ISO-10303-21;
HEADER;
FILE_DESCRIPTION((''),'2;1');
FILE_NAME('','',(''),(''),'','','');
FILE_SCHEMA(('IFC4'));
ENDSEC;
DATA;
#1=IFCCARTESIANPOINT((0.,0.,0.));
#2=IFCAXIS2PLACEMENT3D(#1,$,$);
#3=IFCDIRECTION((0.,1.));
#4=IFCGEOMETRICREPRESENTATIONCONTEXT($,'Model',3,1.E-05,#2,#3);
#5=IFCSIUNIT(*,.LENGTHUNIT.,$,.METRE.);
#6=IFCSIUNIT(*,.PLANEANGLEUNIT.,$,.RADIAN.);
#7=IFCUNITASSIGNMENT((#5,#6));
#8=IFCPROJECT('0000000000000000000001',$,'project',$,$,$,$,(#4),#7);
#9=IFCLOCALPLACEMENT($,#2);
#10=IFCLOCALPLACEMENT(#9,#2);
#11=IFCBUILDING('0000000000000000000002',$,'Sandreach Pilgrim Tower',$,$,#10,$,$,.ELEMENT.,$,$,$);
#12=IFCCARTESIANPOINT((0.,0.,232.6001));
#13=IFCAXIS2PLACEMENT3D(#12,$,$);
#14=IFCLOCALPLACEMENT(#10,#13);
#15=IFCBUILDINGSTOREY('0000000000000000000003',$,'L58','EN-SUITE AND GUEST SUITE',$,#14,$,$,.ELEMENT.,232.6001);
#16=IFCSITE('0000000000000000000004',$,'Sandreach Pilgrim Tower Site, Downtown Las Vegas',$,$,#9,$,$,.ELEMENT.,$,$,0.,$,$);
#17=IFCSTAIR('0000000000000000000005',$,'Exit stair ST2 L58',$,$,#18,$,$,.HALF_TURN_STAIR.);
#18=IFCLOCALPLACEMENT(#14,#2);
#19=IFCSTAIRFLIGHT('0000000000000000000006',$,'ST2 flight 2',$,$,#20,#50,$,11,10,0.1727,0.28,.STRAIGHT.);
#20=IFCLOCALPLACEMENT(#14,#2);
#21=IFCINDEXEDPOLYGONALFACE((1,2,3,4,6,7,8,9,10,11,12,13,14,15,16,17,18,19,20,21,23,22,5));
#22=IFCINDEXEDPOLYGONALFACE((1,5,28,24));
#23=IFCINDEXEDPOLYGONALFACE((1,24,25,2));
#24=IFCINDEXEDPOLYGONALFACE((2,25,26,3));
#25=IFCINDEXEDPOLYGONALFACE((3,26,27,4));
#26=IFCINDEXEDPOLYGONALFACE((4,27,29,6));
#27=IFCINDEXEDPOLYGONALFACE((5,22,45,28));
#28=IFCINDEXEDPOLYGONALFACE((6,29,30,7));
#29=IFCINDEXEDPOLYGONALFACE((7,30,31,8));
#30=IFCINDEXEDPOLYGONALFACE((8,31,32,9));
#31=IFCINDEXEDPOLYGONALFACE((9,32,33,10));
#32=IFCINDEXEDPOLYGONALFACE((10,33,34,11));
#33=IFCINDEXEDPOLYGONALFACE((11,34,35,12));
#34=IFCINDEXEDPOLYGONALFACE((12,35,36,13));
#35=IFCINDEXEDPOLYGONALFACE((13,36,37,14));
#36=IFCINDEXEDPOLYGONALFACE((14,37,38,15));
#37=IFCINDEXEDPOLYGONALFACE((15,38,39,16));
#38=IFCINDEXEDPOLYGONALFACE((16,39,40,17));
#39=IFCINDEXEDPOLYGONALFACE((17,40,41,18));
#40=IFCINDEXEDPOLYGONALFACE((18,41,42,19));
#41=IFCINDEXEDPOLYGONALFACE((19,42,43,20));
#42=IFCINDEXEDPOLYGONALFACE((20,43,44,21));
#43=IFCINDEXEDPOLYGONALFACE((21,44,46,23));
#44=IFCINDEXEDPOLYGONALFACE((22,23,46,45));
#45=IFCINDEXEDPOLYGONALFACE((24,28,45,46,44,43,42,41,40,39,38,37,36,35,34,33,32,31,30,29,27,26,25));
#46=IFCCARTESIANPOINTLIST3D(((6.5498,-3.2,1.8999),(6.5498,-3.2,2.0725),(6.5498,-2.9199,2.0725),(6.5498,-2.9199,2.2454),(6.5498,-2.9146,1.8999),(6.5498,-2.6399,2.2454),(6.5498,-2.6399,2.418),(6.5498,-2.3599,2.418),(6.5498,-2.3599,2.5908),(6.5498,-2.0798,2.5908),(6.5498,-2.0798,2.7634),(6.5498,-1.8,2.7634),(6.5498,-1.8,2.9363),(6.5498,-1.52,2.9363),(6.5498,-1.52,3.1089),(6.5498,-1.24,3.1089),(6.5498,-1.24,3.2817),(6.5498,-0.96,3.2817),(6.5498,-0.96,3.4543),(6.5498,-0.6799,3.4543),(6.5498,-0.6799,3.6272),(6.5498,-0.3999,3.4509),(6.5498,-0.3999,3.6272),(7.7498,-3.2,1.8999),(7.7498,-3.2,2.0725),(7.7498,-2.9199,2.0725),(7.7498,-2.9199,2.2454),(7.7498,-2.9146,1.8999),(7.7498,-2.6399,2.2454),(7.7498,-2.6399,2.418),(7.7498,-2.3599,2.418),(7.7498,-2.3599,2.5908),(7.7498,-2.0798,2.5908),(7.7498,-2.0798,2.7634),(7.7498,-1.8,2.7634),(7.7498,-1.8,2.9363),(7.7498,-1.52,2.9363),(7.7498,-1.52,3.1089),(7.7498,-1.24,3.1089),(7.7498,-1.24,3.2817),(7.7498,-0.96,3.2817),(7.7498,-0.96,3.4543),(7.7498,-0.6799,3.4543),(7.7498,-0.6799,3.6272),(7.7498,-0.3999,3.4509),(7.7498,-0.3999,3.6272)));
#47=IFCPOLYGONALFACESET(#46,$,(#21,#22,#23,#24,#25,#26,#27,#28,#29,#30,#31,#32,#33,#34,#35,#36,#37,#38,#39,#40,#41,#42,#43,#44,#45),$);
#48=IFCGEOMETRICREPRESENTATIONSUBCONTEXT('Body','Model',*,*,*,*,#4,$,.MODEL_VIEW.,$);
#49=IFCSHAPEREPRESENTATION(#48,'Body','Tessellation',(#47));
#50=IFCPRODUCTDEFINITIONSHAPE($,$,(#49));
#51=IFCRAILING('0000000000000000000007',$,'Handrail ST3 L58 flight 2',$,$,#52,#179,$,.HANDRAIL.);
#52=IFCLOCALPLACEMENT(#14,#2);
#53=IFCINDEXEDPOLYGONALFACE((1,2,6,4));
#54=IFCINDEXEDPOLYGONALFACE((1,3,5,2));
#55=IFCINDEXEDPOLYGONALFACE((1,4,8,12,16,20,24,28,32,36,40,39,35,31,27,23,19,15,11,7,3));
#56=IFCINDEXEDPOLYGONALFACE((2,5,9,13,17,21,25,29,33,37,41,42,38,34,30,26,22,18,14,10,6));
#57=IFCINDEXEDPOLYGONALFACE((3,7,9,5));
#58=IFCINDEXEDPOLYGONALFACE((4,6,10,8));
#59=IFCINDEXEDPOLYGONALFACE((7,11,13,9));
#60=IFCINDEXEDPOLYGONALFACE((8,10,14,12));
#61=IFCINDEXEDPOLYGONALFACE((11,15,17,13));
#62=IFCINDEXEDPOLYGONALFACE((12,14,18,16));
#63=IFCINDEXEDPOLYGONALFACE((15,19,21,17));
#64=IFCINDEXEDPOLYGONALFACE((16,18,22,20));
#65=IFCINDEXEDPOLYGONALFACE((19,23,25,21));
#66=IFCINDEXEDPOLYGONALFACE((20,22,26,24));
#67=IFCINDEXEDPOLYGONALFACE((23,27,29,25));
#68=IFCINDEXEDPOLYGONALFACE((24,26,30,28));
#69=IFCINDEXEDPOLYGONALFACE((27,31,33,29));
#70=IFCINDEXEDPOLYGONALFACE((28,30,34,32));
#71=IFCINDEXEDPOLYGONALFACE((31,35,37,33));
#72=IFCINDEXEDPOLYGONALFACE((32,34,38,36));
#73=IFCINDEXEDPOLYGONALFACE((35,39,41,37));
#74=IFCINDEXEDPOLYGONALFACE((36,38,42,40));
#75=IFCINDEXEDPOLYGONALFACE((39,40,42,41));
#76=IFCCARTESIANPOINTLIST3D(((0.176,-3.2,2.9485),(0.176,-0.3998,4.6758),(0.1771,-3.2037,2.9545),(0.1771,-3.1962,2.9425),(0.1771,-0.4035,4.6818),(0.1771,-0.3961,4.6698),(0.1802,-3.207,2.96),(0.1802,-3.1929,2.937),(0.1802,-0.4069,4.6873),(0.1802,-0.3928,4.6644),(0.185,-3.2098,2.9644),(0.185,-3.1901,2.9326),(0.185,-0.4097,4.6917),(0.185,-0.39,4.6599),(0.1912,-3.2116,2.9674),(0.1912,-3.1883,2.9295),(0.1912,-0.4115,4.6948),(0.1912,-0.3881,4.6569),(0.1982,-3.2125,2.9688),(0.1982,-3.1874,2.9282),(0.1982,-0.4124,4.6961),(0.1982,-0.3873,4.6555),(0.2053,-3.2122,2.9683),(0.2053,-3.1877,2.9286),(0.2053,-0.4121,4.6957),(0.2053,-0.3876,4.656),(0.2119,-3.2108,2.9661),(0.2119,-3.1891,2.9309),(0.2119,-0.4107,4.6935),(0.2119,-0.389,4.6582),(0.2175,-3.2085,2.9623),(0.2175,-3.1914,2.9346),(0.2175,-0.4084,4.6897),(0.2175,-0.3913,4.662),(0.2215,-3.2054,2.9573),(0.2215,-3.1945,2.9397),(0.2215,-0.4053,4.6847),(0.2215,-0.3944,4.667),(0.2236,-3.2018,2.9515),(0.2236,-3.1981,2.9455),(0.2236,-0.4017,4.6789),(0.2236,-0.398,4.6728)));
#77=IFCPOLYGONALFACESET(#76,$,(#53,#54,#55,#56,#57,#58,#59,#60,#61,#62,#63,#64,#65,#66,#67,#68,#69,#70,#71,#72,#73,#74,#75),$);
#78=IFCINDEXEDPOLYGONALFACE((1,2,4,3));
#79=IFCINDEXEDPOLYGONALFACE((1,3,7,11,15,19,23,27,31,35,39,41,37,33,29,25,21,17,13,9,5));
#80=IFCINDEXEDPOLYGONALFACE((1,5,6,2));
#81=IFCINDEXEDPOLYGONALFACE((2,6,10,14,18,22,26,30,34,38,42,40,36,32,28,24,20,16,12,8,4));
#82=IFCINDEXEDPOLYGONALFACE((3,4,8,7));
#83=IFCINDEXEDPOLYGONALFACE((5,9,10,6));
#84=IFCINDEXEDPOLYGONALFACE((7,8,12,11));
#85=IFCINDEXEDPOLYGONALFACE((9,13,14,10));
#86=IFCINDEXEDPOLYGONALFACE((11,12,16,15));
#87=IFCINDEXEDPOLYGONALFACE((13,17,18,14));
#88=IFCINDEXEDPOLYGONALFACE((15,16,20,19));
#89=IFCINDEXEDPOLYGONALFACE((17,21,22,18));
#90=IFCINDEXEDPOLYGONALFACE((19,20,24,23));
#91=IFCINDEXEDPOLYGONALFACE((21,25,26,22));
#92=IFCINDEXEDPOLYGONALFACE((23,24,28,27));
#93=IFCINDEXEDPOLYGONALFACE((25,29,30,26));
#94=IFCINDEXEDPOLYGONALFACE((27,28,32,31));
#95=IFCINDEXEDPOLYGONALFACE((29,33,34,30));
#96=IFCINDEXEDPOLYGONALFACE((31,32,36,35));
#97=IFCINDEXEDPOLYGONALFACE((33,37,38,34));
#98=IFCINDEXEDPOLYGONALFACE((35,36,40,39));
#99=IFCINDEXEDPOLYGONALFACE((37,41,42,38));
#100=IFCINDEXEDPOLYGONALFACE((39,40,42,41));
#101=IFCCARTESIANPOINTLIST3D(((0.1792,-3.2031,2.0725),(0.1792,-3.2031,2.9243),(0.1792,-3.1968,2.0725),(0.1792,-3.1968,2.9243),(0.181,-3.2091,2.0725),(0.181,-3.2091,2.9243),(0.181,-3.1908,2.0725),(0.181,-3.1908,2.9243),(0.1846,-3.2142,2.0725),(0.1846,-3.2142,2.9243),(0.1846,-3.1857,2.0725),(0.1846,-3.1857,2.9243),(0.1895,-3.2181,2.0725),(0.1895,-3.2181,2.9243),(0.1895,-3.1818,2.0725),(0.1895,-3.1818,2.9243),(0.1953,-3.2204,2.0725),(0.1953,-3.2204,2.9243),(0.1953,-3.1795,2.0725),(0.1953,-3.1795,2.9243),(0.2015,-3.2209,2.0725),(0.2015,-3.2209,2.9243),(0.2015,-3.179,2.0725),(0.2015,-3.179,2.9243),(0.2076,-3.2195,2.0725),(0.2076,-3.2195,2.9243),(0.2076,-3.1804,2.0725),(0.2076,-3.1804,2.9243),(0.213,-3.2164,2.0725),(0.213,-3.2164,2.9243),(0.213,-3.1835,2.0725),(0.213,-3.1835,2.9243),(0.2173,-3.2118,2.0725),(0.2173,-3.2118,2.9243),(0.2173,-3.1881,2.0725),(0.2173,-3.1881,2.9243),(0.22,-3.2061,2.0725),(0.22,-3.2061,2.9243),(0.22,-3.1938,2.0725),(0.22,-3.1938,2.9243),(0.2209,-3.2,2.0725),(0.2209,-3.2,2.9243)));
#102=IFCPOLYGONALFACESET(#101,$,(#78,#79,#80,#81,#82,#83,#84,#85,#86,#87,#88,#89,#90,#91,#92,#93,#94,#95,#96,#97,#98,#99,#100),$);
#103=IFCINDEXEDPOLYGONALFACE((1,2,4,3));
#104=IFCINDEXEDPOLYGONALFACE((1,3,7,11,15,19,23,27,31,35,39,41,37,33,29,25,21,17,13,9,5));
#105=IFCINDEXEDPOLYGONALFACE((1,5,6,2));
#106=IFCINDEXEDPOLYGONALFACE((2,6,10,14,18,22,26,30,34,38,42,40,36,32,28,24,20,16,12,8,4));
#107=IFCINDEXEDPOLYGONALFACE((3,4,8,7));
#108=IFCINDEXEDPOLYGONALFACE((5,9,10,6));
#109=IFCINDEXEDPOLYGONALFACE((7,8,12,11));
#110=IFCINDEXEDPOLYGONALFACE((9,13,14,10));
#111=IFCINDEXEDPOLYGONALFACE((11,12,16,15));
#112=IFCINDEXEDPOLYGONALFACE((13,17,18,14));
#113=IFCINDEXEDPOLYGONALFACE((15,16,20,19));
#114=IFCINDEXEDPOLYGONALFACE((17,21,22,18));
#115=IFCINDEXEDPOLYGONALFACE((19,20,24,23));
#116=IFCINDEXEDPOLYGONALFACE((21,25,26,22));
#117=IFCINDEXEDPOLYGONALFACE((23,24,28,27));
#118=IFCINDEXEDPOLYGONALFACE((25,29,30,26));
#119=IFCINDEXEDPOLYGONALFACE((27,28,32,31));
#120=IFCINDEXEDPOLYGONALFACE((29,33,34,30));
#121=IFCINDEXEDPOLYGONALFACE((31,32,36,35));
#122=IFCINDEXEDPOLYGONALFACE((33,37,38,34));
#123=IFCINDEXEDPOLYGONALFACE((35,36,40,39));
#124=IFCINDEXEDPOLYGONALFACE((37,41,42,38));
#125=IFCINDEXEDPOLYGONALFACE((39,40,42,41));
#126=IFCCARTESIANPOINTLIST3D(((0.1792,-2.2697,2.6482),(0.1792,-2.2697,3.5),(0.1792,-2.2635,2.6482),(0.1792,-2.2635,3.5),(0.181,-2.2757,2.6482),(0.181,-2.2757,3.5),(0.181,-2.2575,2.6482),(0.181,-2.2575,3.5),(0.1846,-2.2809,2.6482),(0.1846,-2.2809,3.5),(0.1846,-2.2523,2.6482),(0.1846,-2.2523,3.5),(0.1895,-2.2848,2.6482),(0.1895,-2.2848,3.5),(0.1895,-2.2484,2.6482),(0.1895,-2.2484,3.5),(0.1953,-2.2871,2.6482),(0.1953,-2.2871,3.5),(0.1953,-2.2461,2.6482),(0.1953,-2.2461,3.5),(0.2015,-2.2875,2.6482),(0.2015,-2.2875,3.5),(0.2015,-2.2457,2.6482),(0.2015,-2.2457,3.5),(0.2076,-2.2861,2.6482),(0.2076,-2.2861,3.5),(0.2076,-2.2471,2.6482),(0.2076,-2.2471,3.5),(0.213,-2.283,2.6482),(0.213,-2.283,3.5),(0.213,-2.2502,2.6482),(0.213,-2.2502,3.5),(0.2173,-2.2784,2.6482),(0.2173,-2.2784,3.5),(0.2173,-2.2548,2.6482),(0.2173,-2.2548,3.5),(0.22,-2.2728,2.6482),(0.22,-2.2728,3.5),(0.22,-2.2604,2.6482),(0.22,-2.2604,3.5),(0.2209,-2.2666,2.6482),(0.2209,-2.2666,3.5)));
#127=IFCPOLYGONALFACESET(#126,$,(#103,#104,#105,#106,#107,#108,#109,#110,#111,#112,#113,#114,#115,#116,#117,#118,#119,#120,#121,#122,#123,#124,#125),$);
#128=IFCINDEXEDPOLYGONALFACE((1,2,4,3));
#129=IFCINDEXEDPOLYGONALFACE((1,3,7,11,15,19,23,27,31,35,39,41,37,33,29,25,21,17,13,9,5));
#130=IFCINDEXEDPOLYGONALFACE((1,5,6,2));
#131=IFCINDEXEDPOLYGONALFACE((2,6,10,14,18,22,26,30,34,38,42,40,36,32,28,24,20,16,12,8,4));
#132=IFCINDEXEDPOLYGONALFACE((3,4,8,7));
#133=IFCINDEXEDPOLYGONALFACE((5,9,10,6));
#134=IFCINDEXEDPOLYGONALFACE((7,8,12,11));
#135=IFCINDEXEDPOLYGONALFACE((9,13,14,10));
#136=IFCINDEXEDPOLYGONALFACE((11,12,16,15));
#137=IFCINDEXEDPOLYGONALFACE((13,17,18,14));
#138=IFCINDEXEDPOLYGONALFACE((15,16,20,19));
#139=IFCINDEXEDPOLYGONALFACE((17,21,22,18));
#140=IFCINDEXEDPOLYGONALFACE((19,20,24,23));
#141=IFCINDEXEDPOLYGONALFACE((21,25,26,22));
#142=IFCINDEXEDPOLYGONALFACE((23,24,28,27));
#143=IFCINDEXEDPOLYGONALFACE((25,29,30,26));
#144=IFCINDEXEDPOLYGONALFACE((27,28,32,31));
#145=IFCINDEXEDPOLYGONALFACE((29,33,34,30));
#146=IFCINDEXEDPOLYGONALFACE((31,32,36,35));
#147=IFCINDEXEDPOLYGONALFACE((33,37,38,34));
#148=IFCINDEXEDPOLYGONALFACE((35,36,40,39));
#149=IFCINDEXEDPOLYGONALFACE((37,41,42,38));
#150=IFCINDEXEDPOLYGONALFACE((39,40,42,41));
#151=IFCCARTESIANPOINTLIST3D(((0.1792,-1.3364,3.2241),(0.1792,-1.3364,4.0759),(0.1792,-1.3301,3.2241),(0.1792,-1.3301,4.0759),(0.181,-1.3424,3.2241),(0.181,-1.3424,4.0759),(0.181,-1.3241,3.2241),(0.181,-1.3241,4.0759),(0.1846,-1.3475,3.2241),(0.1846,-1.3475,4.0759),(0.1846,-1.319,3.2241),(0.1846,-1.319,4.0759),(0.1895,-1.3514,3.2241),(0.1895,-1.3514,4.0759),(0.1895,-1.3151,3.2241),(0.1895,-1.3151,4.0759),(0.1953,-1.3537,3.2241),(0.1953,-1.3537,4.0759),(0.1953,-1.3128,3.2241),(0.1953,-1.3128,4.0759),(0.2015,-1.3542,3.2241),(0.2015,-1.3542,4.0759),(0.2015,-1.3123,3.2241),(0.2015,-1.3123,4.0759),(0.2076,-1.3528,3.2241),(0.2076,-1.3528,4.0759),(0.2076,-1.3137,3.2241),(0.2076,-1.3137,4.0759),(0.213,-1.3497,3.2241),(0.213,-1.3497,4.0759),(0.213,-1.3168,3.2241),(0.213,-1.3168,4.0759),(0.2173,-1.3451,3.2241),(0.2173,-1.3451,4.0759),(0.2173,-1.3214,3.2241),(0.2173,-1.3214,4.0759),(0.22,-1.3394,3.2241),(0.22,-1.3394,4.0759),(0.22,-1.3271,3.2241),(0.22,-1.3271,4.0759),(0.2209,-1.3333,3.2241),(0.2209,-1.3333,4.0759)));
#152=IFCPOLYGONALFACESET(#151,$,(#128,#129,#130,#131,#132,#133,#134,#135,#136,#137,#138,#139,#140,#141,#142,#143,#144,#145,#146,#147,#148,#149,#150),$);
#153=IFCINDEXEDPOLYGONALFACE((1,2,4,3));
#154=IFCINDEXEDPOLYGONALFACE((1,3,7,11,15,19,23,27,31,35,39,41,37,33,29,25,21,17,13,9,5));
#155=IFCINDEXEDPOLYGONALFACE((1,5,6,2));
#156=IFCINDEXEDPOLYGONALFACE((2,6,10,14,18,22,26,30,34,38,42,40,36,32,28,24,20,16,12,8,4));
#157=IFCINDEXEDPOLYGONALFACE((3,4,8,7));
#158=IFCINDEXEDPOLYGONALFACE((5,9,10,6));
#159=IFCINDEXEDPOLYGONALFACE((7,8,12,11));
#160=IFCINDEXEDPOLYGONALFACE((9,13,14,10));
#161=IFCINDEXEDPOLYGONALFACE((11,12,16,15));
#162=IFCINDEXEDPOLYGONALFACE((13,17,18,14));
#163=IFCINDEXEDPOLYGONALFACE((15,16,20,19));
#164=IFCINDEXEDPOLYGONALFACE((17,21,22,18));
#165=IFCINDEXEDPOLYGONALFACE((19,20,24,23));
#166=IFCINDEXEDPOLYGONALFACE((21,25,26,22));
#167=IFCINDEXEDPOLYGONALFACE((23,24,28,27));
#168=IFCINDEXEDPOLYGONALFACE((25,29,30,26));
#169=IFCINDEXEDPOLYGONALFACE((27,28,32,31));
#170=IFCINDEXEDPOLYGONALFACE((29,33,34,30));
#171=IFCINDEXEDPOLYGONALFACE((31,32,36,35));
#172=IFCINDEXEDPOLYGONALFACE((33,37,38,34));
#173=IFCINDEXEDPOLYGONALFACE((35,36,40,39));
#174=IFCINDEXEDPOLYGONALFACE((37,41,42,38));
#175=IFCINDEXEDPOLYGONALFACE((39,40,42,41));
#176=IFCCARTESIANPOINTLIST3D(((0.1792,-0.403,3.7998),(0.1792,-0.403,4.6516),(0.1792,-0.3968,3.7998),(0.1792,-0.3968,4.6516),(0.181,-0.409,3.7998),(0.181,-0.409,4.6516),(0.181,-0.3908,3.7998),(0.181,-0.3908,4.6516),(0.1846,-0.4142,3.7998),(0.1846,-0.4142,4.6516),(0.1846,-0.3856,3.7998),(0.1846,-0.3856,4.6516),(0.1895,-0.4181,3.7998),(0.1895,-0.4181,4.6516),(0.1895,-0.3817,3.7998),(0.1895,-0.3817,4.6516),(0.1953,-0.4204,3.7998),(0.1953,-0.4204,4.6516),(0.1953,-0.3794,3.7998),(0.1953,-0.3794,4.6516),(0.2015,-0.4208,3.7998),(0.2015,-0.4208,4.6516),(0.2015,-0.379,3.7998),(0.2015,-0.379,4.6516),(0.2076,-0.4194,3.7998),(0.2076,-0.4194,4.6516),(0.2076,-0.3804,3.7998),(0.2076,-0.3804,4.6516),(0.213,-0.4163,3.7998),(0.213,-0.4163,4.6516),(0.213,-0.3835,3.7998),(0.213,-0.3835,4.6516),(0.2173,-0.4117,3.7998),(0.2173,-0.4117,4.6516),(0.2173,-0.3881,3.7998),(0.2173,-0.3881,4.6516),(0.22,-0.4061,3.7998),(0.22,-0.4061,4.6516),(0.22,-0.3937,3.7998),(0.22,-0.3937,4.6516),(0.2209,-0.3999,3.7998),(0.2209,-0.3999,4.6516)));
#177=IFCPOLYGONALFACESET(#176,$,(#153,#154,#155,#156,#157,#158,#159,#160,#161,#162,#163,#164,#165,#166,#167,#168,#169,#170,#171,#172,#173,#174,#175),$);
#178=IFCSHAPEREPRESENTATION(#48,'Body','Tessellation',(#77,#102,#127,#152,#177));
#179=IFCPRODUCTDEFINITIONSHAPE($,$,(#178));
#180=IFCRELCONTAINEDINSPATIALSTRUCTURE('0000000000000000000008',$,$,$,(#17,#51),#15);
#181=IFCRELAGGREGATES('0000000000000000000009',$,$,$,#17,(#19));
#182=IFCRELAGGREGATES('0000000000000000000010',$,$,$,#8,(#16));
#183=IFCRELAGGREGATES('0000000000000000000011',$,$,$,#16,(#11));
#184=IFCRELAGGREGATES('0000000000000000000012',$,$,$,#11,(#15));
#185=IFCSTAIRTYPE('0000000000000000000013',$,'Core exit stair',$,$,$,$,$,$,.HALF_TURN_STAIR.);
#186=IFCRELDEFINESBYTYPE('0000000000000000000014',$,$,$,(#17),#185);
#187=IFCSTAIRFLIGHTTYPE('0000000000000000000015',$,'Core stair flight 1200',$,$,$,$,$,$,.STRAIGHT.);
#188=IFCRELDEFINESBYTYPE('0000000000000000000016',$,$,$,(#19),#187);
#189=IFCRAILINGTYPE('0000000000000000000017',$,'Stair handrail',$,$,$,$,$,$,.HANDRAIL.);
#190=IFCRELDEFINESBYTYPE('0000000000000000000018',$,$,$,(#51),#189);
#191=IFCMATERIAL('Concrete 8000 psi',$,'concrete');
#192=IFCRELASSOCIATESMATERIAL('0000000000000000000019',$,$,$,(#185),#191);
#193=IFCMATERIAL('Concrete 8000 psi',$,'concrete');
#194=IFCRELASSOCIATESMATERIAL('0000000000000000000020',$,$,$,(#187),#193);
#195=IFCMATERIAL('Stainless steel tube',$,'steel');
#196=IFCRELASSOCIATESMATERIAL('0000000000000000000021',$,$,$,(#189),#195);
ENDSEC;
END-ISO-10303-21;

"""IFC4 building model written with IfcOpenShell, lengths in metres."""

from ifc_helpers import new_model, si_unit, direction, frame, origin, origin_2d, place, context, subcontext, project, spatial, polyline, circle, outline, extrude, material, type_object, element, aggregate, save


model = new_model("IFC4")

# Units and contexts
model_context = context("Model", 3, precision=1e-05, world=origin(), true_north=direction((0.0, 1.0)))
body_context = subcontext(model_context, "Body", "Model", "MODEL_VIEW")
ifc_project = project(units=[si_unit("LENGTHUNIT", "METRE"), si_unit("PLANEANGLEUNIT", "RADIAN")], contexts=[model_context])

# Site, building, storey
site_placement = place(None, origin())
site = spatial("IfcSite", under=ifc_project, at=site_placement, Name="Sandreach Pilgrim Tower Site, Downtown Las Vegas", CompositionType="ELEMENT", RefElevation=0.0)
building_placement = place(site_placement, origin())
building = spatial("IfcBuilding", under=site, at=building_placement, Name="Sandreach Pilgrim Tower", CompositionType="ELEMENT")
storey_placement = place(building_placement, frame((0.0, 0.0, 232.6001)))
storey = spatial("IfcBuildingStorey", under=building, at=storey_placement, Name="L58", Description="EN-SUITE AND GUEST SUITE", CompositionType="ELEMENT", Elevation=232.6001)

# Shared definitions
ifc_material_1 = material(Name="Concrete 8000 psi", Category="concrete")
stair_type = type_object("IfcStairType", Name="Core exit stair", PredefinedType="HALF_TURN_STAIR", material=ifc_material_1)
ifc_material_2 = material(Name="Concrete 8000 psi", Category="concrete")
stair_flight_type = type_object("IfcStairFlightType", Name="Core stair flight 1200", PredefinedType="STRAIGHT", material=ifc_material_2)

# Stair, stair flight
stair_1_placement = place(storey_placement, origin())
stair_1 = element("IfcStair", 1, at=stair_1_placement, inside=storey, type_object=stair_type, Name="Exit stair ST2 L58", PredefinedType="HALF_TURN_STAIR")
stair_flight_1_placement = place(storey_placement, frame((7.1499, -3.2, 1.8999), z_axis=(0.0, 0.0, 1.0), x_axis=(0.0, 1.0, 0.0)))
stair_flight_1 = element("IfcStairFlight", 2, at=stair_flight_1_placement, type_object=stair_flight_type, Name="ST2 flight 2", NumberOfRisers=11, NumberOfTreads=10, PredefinedType="STRAIGHT", RiserHeight=0.1727, TreadLength=0.28, context=body_context, shape_type="SweptSolid", body=[
    extrude(outline(polyline([(0.0, 0.0), (0.0, 0.1726), (0.28, 0.1726), (0.28, 0.3455), (0.5601, 0.3455), (0.5601, 0.5181), (0.8401, 0.5181), (0.8401, 0.6909), (1.1201, 0.6909), (1.1201, 0.8635), (1.3999, 0.8635), (1.3999, 1.0364), (1.6799, 1.0364), (1.6799, 1.209), (1.96, 1.209), (1.96, 1.3818), (2.24, 1.3818), (2.24, 1.5544), (2.52, 1.5544), (2.52, 1.7273), (2.8, 1.7273), (2.8, 1.8999), (2.8, 1.551), (0.2854, 0.0), (0.0, 0.0)])), frame((0.0, 0.6001, 0.0), z_axis=(0.0, -1.0, 0.0), x_axis=(1.0, 0.0, 0.0)), (0.0, 0.0, 1.0), 1.2),
])
aggregate(stair_1, [stair_flight_1])

# Railing
ifc_material_3 = material(Name="Stainless steel tube", Category="steel")
railing_type = type_object("IfcRailingType", Name="Stair handrail", PredefinedType="HANDRAIL", material=ifc_material_3)
for number, where, name in (
    (3, (0.2, -3.2, 2.0725), "Handrail ST3 L58 flight 2"),
):
    element("IfcRailing", number, at=place(storey_placement, frame(where)), inside=storey, type_object=railing_type, Name=name, PredefinedType="HANDRAIL", context=body_context, shape_type="SweptSolid", body=[
        extrude(circle(Radius=0.0239, at=origin_2d()), frame((0.0, 0.0, 0.876), z_axis=(0.0, 0.85109, 0.52502), x_axis=(-1.0, 0.0, 0.0)), (0.0, 0.0, 1.0), 3.29),
        extrude(circle(Radius=0.021, at=origin_2d()), origin(), (0.0, 0.0, 1.0), 0.8518),
        extrude(circle(Radius=0.021, at=origin_2d()), frame((0.0, 0.9333, 0.5757)), (0.0, 0.0, 1.0), 0.8518),
        extrude(circle(Radius=0.021, at=origin_2d()), frame((0.0, 1.8667, 1.1516)), (0.0, 0.0, 1.0), 0.8518),
        extrude(circle(Radius=0.021, at=origin_2d()), frame((0.0, 2.8, 1.7273)), (0.0, 0.0, 1.0), 0.8518),
    ])

save(model, "model.ifc")
